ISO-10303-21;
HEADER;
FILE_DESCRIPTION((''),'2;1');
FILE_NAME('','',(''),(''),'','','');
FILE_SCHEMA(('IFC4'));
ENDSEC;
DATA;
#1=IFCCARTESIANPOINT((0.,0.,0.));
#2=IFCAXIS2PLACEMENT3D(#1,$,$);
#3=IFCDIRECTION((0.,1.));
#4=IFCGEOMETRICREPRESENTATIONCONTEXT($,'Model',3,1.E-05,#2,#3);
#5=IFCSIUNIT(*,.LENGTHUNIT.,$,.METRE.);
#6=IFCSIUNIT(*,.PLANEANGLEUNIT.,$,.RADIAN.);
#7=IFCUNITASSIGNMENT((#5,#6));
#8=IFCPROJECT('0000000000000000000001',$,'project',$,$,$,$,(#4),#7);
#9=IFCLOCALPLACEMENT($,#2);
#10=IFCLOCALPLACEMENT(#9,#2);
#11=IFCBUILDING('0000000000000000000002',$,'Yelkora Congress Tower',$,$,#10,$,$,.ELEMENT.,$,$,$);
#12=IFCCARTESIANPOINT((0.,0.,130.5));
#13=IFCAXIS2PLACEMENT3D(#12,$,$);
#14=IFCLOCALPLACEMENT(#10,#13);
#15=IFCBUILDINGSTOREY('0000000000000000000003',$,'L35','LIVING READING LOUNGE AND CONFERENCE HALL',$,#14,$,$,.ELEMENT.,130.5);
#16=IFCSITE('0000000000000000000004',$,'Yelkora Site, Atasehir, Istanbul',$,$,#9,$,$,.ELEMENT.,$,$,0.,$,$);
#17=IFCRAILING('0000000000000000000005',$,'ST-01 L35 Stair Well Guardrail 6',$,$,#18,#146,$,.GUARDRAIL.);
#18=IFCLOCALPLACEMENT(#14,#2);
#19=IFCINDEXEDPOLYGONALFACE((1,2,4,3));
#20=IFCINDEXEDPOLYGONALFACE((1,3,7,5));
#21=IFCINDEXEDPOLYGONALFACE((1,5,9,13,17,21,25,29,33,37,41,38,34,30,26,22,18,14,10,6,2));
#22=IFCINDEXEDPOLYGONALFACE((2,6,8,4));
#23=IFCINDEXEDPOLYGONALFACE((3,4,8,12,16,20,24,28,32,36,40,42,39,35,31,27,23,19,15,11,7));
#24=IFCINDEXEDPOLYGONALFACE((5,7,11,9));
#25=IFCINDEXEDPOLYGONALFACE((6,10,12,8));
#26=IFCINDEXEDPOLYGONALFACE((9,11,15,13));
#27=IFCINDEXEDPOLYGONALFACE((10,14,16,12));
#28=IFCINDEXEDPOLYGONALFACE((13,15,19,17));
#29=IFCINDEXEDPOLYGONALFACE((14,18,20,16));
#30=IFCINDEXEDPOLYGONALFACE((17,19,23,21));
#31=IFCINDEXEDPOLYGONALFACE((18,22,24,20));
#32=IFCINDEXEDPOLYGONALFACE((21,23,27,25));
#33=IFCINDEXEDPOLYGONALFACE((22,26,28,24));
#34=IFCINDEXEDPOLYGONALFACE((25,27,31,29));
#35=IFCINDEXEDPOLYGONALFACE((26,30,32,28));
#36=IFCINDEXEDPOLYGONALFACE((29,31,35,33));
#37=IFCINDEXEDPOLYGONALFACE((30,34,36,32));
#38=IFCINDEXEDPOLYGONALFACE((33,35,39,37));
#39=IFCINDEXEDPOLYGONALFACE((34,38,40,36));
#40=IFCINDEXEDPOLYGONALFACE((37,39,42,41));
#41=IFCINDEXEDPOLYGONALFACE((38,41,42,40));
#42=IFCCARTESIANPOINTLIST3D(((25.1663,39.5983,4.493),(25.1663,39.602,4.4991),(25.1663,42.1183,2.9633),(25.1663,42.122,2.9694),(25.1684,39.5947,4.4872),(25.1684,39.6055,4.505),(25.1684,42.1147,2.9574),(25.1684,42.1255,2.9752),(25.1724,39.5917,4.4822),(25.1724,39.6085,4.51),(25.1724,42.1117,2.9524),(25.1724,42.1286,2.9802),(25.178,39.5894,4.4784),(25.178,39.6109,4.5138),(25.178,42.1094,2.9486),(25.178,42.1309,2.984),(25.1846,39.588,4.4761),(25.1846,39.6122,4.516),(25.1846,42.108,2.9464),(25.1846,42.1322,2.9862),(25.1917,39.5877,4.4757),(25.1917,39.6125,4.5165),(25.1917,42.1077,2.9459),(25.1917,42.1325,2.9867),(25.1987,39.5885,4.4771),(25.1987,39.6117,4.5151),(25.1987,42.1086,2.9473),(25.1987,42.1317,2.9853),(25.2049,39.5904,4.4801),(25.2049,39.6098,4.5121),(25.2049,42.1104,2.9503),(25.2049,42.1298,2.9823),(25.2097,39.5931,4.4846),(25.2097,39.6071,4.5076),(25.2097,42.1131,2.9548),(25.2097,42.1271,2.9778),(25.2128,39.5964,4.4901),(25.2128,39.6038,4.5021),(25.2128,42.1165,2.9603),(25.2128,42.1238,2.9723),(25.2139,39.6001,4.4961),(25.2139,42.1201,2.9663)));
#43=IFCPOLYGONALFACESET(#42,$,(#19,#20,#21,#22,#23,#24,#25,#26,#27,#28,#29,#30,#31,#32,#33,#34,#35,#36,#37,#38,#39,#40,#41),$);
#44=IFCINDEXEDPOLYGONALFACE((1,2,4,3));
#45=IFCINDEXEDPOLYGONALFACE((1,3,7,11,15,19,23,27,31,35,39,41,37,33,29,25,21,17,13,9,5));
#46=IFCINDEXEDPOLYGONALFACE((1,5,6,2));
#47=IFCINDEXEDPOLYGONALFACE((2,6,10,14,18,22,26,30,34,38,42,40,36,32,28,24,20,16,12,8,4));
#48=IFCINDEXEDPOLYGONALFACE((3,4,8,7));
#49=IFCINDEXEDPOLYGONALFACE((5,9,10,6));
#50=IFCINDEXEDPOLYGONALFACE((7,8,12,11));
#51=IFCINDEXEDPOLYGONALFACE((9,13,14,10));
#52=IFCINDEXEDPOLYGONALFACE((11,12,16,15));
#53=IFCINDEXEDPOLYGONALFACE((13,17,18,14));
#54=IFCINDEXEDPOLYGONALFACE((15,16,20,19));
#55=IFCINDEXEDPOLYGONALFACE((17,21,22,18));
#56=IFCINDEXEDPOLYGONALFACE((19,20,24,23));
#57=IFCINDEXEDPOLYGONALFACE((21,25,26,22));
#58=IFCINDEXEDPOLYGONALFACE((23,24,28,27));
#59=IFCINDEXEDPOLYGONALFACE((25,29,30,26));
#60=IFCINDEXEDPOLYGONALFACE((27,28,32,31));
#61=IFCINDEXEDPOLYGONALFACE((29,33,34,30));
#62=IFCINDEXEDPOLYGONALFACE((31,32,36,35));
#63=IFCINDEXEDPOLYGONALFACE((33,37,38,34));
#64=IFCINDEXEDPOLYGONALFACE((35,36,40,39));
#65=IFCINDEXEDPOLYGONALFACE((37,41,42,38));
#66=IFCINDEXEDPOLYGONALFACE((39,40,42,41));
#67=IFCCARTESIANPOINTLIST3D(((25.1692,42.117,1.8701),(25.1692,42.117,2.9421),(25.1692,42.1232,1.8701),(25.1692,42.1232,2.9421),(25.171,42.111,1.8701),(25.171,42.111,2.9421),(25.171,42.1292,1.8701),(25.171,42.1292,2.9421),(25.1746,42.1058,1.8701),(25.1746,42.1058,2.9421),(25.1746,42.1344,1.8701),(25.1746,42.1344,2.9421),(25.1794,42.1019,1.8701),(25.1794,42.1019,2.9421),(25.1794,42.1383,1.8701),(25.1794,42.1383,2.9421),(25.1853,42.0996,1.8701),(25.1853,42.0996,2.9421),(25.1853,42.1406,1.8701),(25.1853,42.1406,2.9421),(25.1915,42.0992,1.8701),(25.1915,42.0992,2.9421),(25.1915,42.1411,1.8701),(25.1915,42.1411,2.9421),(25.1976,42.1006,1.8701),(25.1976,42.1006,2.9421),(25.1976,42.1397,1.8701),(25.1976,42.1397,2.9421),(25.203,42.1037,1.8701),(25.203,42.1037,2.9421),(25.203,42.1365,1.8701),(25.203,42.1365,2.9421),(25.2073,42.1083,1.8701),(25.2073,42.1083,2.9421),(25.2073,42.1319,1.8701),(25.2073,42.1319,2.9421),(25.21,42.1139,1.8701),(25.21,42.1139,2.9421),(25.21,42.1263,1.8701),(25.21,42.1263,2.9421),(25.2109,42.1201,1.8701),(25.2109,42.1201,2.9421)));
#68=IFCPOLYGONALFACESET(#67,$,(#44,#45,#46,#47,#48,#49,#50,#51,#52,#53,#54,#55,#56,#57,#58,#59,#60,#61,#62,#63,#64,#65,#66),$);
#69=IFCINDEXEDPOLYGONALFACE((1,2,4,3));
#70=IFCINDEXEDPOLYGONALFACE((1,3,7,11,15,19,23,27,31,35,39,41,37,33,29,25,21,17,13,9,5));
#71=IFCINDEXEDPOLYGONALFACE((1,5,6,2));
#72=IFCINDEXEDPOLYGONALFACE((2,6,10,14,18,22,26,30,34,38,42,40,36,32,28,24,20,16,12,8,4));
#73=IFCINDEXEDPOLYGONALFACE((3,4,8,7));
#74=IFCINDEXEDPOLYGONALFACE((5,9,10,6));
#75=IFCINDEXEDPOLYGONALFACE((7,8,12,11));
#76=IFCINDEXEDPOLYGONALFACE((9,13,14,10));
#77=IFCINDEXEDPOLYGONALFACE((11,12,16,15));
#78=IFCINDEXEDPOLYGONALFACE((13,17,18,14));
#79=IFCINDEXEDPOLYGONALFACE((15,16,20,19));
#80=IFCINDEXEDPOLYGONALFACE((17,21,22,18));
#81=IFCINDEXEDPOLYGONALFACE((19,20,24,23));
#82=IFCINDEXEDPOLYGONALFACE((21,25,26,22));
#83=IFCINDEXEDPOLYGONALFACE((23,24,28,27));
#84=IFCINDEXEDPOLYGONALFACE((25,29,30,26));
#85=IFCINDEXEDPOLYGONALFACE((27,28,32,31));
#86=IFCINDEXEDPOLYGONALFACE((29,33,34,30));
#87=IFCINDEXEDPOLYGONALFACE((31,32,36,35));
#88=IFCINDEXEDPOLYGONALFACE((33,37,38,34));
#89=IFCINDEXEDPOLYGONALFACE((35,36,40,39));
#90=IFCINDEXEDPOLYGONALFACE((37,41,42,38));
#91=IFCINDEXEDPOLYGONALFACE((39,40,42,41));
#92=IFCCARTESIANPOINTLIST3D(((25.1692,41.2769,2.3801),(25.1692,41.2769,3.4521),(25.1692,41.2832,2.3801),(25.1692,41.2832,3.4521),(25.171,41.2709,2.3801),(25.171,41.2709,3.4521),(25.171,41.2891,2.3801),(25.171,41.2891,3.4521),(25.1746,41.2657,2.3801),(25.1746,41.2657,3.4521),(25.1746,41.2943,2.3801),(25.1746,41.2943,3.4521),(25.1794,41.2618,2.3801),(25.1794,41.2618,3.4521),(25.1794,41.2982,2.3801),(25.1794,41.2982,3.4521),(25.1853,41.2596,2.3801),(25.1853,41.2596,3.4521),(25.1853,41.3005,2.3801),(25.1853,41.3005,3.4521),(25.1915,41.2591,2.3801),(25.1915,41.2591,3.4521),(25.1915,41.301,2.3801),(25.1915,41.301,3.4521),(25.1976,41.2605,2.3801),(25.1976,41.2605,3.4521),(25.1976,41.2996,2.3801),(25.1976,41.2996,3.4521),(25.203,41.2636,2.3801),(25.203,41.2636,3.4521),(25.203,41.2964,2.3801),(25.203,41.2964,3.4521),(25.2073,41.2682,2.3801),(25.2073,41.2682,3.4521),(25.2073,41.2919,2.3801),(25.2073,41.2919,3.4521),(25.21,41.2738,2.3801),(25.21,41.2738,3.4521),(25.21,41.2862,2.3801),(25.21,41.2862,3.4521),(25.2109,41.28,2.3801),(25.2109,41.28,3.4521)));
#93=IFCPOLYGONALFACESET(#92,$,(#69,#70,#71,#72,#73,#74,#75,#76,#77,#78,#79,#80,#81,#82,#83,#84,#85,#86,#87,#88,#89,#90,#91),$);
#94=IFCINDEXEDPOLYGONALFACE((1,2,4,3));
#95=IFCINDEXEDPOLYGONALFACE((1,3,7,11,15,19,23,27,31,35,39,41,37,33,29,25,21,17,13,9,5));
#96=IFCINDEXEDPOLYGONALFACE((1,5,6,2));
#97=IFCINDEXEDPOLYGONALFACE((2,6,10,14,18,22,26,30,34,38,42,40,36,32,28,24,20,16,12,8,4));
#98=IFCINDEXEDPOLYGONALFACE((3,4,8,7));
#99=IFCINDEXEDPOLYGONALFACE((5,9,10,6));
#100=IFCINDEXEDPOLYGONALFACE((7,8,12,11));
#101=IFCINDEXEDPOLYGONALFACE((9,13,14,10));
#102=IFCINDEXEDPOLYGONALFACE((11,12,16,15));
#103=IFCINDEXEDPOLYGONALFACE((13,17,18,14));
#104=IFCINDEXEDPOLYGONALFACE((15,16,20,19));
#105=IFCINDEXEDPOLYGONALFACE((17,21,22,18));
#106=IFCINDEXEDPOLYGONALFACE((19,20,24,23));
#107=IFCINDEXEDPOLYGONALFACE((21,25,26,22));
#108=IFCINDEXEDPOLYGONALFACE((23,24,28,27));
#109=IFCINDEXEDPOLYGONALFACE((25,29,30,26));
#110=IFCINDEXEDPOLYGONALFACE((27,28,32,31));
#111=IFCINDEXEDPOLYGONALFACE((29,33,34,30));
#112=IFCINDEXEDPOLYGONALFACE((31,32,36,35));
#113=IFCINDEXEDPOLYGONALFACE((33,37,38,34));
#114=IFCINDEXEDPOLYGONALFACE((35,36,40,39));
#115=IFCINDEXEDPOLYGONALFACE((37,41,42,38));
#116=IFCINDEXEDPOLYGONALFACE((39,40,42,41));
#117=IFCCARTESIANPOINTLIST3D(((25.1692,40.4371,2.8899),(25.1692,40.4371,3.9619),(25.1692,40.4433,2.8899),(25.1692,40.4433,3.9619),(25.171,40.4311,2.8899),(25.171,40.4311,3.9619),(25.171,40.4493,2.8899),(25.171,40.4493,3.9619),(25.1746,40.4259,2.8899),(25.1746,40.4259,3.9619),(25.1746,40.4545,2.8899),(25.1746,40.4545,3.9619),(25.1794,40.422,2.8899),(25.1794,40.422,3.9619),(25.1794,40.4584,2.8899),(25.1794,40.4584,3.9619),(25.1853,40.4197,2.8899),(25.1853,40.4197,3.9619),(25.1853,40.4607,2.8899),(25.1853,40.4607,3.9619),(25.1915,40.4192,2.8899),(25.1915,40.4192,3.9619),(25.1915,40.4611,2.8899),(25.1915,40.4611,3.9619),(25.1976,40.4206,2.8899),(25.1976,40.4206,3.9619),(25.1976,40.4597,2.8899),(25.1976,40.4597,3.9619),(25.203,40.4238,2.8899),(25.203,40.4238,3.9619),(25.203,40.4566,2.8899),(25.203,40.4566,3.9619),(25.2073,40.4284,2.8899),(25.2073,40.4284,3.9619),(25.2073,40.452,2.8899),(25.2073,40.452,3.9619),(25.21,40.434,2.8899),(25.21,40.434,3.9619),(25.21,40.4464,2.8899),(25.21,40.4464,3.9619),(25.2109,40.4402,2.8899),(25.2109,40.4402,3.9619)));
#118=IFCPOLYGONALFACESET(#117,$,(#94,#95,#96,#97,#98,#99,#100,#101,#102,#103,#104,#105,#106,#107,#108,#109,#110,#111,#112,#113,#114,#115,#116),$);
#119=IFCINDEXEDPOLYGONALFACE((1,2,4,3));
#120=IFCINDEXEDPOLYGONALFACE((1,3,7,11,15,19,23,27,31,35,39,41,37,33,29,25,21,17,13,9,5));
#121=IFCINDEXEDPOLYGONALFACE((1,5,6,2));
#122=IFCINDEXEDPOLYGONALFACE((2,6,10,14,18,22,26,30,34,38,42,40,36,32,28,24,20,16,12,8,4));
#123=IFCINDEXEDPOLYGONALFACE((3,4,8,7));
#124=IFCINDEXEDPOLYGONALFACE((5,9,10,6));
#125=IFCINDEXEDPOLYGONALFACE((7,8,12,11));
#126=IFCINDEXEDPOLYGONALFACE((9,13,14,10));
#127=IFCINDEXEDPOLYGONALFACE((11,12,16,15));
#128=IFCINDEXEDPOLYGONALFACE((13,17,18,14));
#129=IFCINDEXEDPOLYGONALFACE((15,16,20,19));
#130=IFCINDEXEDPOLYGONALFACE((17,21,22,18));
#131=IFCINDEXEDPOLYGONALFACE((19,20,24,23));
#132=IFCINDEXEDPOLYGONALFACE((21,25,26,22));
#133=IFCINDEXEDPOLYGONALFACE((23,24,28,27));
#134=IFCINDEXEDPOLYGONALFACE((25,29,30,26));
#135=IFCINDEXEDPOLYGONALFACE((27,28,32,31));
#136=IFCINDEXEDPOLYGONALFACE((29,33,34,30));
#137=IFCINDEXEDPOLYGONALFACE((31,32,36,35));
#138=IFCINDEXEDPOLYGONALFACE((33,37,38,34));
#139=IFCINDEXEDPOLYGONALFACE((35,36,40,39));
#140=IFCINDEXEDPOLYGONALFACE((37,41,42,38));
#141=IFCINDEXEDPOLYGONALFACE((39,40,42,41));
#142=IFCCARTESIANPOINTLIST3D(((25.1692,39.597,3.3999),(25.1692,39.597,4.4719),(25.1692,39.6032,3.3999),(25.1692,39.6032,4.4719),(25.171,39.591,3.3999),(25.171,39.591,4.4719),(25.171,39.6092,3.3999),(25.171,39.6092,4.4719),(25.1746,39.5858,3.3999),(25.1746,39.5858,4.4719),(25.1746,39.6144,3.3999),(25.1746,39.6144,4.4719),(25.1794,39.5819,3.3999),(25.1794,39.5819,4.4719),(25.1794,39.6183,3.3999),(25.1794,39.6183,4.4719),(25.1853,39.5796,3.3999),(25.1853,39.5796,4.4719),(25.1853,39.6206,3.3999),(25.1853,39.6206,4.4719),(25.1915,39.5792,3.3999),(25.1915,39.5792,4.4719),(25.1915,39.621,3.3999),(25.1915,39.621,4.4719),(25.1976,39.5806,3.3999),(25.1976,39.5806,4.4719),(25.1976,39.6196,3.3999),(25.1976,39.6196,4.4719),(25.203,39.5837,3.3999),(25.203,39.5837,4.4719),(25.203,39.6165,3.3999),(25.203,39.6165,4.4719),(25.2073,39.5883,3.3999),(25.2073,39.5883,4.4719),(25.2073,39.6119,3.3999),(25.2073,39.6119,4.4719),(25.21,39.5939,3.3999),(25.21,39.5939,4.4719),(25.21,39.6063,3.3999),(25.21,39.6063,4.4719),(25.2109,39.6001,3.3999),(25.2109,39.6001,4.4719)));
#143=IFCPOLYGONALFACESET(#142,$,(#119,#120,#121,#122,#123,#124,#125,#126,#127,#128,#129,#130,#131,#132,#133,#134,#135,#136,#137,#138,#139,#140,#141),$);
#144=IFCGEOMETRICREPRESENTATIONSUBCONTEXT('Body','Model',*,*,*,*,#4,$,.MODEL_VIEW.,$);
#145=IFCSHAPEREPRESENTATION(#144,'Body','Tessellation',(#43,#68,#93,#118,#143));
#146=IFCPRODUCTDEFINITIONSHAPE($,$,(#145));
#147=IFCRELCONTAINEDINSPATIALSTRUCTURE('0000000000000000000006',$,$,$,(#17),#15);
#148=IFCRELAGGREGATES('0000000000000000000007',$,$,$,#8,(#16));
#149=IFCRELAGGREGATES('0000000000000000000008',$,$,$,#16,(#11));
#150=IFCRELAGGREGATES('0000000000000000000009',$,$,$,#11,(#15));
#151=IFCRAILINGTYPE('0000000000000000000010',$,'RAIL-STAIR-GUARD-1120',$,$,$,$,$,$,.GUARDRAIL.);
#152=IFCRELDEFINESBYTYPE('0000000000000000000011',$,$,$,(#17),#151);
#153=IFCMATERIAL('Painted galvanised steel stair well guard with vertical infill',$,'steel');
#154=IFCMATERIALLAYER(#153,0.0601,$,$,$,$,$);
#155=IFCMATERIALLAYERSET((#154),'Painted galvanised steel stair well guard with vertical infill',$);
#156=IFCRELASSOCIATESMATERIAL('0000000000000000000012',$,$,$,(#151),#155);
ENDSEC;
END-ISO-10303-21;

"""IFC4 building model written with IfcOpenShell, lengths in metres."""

from ifc_helpers import new_model, si_unit, direction, frame, origin, origin_2d, place, context, subcontext, project, spatial, circle, extrude, material, layer, layer_set, type_object, element, save


model = new_model("IFC4")

# Units and contexts
model_context = context("Model", 3, precision=1e-05, world=origin(), true_north=direction((0.0, 1.0)))
body_context = subcontext(model_context, "Body", "Model", "MODEL_VIEW")
ifc_project = project(units=[si_unit("LENGTHUNIT", "METRE"), si_unit("PLANEANGLEUNIT", "RADIAN")], contexts=[model_context])

# Site, building, storey
site_placement = place(None, origin())
site = spatial("IfcSite", under=ifc_project, at=site_placement, Name="Yelkora Site, Atasehir, Istanbul", CompositionType="ELEMENT", RefElevation=0.0)
building_placement = place(site_placement, origin())
building = spatial("IfcBuilding", under=site, at=building_placement, Name="Yelkora Congress Tower", CompositionType="ELEMENT")
storey_placement = place(building_placement, frame((0.0, 0.0, 130.5)))
storey = spatial("IfcBuildingStorey", under=building, at=storey_placement, Name="L35", Description="LIVING READING LOUNGE AND CONFERENCE HALL", CompositionType="ELEMENT", Elevation=130.5)

# Railing
ifc_material_1 = material(Name="Painted galvanised steel stair well guard with vertical infill", Category="steel")
ifc_layer_1 = layer(ifc_material_1, 0.0601)
ifc_layer_set_1 = layer_set([ifc_layer_1], Name="Painted galvanised steel stair well guard with vertical infill")
railing_type_1 = type_object("IfcRailingType", Name="RAIL-STAIR-GUARD-1120", PredefinedType="GUARDRAIL", material=ifc_layer_set_1)
railing_1_placement = place(storey_placement, frame((25.1899, 42.1201, 1.8701)))
element("IfcRailing", 1, at=railing_1_placement, inside=storey, type_object=railing_type_1, Name="ST-01 L35 Stair Well Guardrail 6", PredefinedType="GUARDRAIL", context=body_context, shape_type="SweptSolid", body=[
    extrude(circle(Radius=0.0239, at=origin_2d()), frame((0.0, 0.0, 1.0962), z_axis=(0.0, -0.854822, 0.518922), x_axis=(1.0, 0.0, 0.0)), (0.0, 0.0, 1.0), 2.948),
    extrude(circle(Radius=0.021, at=origin_2d()), origin(), (0.0, 0.0, 1.0), 1.072),
    extrude(circle(Radius=0.021, at=origin_2d()), frame((0.0, -0.8401, 0.51)), (0.0, 0.0, 1.0), 1.072),
    extrude(circle(Radius=0.021, at=origin_2d()), frame((0.0, -1.6799, 1.0198)), (0.0, 0.0, 1.0), 1.072),
    extrude(circle(Radius=0.021, at=origin_2d()), frame((0.0, -2.52, 1.5298)), (0.0, 0.0, 1.0), 1.072),
])

save(model, "model.ifc")
